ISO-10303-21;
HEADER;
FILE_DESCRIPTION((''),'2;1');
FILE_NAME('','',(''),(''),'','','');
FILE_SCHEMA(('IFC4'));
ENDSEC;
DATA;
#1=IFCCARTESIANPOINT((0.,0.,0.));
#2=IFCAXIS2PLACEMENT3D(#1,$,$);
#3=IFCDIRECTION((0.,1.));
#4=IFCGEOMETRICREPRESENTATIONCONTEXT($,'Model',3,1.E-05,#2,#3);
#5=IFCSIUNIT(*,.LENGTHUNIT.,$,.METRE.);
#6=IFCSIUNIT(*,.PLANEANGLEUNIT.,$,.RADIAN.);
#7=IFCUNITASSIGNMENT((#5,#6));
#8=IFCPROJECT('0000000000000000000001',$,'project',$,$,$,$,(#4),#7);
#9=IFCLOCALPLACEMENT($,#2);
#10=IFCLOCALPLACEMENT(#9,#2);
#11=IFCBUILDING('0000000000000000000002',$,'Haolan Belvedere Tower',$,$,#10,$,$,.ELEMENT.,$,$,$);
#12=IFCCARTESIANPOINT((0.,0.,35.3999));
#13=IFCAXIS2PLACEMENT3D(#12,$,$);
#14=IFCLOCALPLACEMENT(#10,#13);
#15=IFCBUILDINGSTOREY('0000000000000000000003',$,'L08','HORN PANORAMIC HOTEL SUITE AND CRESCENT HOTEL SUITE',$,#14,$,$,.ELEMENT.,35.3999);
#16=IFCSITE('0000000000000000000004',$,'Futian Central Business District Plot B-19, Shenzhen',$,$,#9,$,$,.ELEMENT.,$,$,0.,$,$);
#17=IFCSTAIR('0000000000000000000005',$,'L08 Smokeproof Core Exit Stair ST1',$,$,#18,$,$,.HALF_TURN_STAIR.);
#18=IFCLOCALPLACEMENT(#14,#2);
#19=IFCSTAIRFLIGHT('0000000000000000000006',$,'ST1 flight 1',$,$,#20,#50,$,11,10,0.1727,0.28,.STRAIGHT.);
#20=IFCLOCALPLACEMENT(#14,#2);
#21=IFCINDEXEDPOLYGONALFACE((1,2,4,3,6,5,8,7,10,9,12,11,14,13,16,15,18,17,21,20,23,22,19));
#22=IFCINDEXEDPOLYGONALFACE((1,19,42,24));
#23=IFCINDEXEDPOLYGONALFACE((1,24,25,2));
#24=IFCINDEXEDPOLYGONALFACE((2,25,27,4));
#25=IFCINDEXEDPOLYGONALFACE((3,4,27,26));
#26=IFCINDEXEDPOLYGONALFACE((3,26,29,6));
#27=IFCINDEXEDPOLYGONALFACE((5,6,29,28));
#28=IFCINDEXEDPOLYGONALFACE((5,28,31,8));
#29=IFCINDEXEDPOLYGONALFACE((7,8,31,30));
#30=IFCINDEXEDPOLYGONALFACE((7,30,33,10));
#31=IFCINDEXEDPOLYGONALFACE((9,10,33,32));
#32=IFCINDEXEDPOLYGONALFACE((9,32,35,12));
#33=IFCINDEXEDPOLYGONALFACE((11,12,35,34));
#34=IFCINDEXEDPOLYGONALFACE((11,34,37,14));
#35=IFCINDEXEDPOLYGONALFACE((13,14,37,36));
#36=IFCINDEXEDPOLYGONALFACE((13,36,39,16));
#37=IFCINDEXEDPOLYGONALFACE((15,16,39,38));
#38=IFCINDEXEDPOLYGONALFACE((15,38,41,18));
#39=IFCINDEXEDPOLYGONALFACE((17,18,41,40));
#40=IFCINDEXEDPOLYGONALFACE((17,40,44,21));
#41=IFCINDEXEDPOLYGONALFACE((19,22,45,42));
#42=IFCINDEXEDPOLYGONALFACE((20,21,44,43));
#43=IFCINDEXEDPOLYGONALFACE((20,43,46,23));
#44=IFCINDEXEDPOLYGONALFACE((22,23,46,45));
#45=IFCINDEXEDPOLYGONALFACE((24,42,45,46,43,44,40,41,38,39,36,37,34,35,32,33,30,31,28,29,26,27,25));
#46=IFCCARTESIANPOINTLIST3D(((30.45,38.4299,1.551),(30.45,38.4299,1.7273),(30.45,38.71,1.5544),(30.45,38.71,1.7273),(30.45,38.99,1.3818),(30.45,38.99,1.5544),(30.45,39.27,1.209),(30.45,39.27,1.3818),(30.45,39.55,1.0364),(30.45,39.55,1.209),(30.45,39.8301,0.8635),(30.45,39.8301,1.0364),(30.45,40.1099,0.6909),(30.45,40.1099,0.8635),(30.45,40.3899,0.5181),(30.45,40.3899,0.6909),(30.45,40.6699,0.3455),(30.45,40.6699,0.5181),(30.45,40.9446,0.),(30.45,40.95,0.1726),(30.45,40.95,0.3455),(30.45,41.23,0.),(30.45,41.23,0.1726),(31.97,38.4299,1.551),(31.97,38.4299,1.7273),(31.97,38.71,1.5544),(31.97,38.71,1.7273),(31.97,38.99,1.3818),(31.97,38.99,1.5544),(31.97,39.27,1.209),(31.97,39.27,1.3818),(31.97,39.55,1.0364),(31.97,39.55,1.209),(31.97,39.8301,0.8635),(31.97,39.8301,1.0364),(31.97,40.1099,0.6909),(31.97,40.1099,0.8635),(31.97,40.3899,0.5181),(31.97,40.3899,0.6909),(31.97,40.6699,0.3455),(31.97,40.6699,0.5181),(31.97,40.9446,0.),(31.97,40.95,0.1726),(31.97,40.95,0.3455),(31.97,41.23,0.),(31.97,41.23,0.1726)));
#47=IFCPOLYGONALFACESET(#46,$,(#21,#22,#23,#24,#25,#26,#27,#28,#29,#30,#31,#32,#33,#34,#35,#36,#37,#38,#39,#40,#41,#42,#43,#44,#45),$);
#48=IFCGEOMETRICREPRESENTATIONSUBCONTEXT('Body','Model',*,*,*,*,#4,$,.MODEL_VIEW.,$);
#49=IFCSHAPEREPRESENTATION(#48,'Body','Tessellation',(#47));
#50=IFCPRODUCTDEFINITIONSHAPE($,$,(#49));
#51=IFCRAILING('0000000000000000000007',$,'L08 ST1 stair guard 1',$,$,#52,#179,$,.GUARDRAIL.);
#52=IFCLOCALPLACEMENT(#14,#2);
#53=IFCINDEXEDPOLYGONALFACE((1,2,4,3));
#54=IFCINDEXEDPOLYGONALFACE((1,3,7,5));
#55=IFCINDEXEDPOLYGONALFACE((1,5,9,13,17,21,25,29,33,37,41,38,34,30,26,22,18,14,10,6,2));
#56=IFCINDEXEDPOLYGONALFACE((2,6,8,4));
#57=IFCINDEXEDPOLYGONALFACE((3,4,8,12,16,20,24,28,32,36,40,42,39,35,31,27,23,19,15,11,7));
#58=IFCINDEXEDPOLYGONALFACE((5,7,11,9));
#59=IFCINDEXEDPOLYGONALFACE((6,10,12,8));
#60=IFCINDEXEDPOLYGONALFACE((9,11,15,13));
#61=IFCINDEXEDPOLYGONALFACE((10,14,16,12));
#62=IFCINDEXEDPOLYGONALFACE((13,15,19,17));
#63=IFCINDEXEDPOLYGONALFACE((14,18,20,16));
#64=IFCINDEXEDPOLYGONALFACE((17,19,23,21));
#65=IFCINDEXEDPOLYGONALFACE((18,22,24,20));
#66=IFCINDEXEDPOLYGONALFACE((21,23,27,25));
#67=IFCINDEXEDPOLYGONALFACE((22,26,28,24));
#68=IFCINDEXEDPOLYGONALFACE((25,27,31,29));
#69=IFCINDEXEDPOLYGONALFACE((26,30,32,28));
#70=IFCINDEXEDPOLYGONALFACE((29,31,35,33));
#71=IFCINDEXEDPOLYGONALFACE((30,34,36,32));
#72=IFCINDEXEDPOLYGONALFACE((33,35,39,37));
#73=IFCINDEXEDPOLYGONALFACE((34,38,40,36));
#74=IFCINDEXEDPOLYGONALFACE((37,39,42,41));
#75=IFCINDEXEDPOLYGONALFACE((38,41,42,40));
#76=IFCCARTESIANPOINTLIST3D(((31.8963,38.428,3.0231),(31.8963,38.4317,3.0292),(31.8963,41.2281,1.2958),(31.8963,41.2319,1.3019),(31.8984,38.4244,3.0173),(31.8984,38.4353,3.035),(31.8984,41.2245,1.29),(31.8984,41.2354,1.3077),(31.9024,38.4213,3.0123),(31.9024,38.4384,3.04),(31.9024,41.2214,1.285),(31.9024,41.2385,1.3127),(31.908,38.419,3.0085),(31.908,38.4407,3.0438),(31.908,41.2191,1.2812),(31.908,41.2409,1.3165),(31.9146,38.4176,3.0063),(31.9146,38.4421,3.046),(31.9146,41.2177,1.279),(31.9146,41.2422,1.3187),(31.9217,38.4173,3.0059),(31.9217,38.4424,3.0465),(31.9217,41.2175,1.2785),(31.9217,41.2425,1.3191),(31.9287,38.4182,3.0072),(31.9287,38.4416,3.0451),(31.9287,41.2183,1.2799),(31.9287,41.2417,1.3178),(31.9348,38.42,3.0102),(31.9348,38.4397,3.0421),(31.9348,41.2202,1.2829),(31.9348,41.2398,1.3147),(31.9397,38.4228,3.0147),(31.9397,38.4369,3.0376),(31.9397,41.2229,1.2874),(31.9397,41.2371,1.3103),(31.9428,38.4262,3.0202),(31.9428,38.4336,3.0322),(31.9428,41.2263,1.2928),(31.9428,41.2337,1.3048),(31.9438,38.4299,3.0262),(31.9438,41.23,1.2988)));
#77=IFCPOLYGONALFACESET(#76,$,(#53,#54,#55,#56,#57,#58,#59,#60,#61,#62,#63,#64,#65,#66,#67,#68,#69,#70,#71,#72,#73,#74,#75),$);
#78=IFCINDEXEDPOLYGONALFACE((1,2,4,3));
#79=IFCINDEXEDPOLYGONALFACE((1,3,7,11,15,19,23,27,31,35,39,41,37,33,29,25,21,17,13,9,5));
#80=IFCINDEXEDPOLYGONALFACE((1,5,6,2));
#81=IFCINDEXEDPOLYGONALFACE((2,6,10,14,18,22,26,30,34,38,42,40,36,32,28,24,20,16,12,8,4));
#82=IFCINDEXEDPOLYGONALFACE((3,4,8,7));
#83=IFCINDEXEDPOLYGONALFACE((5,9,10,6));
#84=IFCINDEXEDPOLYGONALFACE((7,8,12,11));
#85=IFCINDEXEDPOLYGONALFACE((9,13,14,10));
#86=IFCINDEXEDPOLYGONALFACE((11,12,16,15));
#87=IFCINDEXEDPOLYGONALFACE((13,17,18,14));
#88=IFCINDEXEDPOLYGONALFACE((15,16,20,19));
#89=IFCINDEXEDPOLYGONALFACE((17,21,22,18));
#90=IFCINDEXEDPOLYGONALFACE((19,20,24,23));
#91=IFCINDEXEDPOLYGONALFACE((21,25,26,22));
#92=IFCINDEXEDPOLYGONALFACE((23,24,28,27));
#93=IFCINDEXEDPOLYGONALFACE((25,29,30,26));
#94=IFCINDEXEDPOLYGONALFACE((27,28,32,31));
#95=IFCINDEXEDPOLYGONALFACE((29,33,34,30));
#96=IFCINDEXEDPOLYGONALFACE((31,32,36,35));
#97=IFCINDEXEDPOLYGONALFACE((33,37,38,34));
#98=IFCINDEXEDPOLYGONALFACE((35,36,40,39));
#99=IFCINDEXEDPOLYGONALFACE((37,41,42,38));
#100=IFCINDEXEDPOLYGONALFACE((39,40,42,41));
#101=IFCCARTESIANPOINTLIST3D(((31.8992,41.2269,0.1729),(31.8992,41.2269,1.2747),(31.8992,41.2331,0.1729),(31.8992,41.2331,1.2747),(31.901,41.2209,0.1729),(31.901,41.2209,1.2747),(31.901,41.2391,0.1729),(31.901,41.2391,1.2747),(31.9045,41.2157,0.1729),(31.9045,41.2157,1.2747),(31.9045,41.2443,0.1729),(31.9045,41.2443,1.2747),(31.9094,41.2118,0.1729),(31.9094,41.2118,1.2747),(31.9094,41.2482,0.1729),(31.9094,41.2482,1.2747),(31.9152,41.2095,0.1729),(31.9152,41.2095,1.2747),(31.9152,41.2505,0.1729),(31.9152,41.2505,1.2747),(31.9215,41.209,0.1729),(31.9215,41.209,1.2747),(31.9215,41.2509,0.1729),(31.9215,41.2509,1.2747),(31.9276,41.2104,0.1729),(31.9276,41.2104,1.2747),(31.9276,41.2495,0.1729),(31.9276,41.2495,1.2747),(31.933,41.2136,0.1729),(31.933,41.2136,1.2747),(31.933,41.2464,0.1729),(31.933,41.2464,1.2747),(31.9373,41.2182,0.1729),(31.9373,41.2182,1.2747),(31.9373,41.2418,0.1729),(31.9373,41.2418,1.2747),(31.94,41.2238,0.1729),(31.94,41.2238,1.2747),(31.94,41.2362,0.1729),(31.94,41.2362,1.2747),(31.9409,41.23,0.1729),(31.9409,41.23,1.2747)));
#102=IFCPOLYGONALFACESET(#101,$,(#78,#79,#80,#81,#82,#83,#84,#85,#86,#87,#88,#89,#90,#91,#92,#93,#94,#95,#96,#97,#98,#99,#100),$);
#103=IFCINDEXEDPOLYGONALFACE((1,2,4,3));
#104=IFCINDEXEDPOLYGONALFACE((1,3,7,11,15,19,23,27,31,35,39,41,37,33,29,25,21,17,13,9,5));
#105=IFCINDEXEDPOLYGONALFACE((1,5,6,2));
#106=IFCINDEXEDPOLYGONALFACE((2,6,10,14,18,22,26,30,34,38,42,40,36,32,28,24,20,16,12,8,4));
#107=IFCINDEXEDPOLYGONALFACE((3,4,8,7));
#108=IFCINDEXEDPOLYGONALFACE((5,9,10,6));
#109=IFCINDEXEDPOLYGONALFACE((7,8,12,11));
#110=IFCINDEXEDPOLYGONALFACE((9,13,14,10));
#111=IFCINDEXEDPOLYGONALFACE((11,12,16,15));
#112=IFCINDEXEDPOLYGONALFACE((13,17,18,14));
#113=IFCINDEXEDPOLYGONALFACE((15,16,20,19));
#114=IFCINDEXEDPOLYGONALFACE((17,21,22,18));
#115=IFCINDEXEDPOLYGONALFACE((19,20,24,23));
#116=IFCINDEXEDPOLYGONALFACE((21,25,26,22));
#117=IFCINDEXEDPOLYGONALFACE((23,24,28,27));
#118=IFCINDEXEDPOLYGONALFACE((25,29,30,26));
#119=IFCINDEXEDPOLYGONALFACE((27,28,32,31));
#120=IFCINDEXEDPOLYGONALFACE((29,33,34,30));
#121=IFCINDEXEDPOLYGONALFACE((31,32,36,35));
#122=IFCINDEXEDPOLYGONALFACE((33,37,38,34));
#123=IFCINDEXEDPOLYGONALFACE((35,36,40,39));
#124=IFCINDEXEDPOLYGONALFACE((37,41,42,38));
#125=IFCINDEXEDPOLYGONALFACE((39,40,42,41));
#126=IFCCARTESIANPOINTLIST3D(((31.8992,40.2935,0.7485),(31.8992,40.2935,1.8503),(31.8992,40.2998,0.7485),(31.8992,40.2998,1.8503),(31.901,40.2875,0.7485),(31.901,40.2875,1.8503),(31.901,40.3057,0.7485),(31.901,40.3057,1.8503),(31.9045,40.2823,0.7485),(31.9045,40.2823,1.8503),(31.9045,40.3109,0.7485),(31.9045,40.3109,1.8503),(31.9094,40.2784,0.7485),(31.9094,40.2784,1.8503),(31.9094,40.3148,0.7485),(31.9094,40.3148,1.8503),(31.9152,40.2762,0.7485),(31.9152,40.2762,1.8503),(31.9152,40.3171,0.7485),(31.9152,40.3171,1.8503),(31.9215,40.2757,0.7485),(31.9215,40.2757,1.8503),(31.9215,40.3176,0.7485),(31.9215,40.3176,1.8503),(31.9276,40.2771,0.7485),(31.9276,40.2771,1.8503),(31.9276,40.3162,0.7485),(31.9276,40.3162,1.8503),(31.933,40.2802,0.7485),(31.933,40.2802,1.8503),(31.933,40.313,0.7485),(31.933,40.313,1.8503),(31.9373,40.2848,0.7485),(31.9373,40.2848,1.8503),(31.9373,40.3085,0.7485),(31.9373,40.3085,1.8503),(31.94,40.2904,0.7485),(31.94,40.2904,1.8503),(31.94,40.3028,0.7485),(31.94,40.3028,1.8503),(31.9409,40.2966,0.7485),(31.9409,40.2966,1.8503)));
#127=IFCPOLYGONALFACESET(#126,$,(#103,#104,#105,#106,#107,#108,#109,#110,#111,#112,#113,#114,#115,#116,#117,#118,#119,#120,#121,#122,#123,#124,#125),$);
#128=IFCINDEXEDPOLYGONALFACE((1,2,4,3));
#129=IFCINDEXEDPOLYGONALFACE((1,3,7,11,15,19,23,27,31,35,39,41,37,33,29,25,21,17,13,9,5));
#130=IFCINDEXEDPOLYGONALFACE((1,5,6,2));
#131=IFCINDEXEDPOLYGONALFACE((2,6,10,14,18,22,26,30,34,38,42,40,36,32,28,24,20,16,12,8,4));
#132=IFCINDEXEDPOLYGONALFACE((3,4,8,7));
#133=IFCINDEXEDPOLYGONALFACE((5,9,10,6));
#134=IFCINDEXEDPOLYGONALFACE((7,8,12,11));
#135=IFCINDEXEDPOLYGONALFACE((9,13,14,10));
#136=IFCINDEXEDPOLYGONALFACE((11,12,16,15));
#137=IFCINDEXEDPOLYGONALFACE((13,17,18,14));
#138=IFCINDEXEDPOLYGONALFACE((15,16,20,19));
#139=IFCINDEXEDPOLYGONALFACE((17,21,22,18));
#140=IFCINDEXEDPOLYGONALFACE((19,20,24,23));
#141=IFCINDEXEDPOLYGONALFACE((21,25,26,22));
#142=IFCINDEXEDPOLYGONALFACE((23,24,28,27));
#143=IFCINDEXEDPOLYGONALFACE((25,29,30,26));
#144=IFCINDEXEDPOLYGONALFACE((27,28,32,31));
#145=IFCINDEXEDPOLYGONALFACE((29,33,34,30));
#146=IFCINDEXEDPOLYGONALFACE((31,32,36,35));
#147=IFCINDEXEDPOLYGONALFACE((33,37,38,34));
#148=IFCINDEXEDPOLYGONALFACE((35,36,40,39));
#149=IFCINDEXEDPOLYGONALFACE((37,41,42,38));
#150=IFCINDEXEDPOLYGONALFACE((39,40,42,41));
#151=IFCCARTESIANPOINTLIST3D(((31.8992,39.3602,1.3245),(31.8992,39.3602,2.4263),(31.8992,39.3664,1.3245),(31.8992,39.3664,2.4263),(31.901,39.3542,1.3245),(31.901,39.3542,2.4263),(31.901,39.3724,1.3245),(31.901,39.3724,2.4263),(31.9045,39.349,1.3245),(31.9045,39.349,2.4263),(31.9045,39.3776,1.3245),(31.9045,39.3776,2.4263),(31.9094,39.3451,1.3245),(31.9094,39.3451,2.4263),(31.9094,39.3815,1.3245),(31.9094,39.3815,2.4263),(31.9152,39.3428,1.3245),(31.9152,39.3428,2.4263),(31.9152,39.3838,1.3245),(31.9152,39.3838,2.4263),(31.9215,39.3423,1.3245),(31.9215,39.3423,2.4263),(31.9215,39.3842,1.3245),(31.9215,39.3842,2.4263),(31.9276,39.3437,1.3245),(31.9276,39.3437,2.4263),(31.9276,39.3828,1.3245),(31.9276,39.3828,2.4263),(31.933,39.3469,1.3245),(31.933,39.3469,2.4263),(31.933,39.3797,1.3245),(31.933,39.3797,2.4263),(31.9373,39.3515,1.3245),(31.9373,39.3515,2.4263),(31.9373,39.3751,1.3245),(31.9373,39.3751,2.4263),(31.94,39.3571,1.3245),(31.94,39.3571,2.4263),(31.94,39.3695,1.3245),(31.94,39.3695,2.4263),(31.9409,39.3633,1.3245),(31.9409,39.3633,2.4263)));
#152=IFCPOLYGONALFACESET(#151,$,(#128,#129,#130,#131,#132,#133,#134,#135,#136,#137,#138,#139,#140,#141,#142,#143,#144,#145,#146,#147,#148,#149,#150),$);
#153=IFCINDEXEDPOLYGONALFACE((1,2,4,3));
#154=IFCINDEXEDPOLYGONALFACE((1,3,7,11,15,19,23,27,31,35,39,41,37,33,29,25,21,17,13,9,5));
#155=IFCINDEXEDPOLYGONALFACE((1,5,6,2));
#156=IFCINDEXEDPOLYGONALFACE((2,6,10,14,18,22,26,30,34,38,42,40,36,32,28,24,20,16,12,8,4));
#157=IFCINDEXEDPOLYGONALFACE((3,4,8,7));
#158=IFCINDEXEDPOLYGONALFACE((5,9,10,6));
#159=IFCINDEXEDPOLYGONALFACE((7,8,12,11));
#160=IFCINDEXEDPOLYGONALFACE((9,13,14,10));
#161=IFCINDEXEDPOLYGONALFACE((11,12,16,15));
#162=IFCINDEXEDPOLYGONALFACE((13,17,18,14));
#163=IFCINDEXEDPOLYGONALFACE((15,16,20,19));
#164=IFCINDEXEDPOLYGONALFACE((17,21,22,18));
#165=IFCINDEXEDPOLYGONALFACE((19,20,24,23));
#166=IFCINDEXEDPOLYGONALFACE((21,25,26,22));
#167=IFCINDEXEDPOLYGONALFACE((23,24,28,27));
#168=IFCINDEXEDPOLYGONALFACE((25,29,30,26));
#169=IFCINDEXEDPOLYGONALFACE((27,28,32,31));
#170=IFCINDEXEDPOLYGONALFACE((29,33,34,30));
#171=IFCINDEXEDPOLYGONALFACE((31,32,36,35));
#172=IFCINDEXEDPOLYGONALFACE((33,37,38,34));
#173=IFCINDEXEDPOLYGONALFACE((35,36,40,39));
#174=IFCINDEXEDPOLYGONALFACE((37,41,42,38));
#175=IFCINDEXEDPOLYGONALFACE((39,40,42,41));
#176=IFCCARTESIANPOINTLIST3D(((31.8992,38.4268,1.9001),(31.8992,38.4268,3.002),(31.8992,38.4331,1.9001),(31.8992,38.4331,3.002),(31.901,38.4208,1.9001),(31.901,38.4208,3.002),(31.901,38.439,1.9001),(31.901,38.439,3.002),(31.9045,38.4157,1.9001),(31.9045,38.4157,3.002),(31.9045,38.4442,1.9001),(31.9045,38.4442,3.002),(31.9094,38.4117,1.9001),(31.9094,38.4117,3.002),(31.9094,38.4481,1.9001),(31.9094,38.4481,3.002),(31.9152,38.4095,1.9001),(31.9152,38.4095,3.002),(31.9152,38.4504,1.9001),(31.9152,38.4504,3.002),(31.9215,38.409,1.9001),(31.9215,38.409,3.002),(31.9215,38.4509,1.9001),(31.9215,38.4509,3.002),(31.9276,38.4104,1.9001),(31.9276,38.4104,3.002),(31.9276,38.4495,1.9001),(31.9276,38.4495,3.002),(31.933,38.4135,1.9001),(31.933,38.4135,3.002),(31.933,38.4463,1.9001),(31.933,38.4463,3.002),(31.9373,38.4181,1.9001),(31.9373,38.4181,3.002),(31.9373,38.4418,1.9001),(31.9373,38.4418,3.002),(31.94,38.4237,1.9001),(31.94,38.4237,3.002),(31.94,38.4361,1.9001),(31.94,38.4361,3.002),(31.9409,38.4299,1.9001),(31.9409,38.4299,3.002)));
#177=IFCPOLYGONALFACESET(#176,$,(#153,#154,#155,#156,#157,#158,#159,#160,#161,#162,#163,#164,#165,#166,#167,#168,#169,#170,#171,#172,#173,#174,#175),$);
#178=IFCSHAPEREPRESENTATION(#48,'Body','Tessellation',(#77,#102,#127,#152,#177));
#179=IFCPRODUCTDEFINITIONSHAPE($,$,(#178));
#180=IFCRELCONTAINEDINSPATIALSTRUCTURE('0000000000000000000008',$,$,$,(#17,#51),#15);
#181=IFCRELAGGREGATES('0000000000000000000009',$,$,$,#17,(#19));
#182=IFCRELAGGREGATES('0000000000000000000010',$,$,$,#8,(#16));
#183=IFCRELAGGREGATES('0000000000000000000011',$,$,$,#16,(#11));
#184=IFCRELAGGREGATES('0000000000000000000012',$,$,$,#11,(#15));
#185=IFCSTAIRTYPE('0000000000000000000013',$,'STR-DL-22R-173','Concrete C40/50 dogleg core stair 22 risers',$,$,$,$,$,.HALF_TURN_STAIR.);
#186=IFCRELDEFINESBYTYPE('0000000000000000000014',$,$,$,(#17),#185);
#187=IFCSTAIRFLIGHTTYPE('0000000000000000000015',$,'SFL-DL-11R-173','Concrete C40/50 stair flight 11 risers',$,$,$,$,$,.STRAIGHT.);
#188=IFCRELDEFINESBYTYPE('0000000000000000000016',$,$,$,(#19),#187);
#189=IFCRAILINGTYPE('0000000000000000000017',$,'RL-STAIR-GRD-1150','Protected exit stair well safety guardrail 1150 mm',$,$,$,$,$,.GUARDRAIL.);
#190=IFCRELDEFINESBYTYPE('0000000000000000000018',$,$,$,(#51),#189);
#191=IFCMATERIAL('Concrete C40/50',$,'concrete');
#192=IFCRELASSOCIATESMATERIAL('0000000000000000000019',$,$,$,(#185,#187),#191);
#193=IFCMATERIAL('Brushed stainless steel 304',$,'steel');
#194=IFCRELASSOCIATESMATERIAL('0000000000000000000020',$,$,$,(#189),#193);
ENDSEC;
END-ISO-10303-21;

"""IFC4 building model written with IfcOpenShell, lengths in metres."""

from ifc_helpers import new_model, si_unit, direction, frame, origin, origin_2d, place, context, subcontext, project, spatial, polyline, circle, outline, extrude, material, type_object, element, aggregate, save


model = new_model("IFC4")

# Units and contexts
model_context = context("Model", 3, precision=1e-05, world=origin(), true_north=direction((0.0, 1.0)))
body_context = subcontext(model_context, "Body", "Model", "MODEL_VIEW")
ifc_project = project(units=[si_unit("LENGTHUNIT", "METRE"), si_unit("PLANEANGLEUNIT", "RADIAN")], contexts=[model_context])

# Site, building, storey
site_placement = place(None, origin())
site = spatial("IfcSite", under=ifc_project, at=site_placement, Name="Futian Central Business District Plot B-19, Shenzhen", CompositionType="ELEMENT", RefElevation=0.0)
building_placement = place(site_placement, origin())
building = spatial("IfcBuilding", under=site, at=building_placement, Name="Haolan Belvedere Tower", CompositionType="ELEMENT")
storey_placement = place(building_placement, frame((0.0, 0.0, 35.3999)))
storey = spatial("IfcBuildingStorey", under=building, at=storey_placement, Name="L08", Description="HORN PANORAMIC HOTEL SUITE AND CRESCENT HOTEL SUITE", CompositionType="ELEMENT", Elevation=35.3999)

# Shared definitions
ifc_material_1 = material(Name="Concrete C40/50", Category="concrete")

# Stair, stair flight
stair_type = type_object("IfcStairType", Name="STR-DL-22R-173", Description="Concrete C40/50 dogleg core stair 22 risers", PredefinedType="HALF_TURN_STAIR", material=ifc_material_1)
stair_placement = place(storey_placement, origin())
stair = element("IfcStair", 1, at=stair_placement, inside=storey, type_object=stair_type, Name="L08 Smokeproof Core Exit Stair ST1", PredefinedType="HALF_TURN_STAIR")
stair_flight_type = type_object("IfcStairFlightType", Name="SFL-DL-11R-173", Description="Concrete C40/50 stair flight 11 risers", PredefinedType="STRAIGHT", material=ifc_material_1)
stair_flight_placement = place(storey_placement, frame((31.21, 41.23, 0.0), z_axis=(0.0, 0.0, 1.0), x_axis=(0.0, -1.0, 0.0)))
stair_flight = element("IfcStairFlight", 2, at=stair_flight_placement, type_object=stair_flight_type, Name="ST1 flight 1", NumberOfRisers=11, NumberOfTreads=10, PredefinedType="STRAIGHT", RiserHeight=0.1727, TreadLength=0.28, context=body_context, shape_type="SweptSolid", body=[
    extrude(outline(polyline([(0.0, 0.0), (0.0, 0.1726), (0.28, 0.1726), (0.28, 0.3455), (0.5601, 0.3455), (0.5601, 0.5181), (0.8401, 0.5181), (0.8401, 0.6909), (1.1201, 0.6909), (1.1201, 0.8635), (1.3999, 0.8635), (1.3999, 1.0364), (1.6799, 1.0364), (1.6799, 1.209), (1.96, 1.209), (1.96, 1.3818), (2.24, 1.3818), (2.24, 1.5544), (2.52, 1.5544), (2.52, 1.7273), (2.8, 1.7273), (2.8, 1.8999), (2.8, 1.551), (0.2854, 0.0), (0.0, 0.0)])), frame((0.0, 0.76, 0.0), z_axis=(0.0, -1.0, 0.0), x_axis=(1.0, 0.0, 0.0)), (0.0, 0.0, 1.0), 1.52),
])
aggregate(stair, [stair_flight])

# Railing
ifc_material_2 = material(Name="Brushed stainless steel 304", Category="steel")
railing_type_1 = type_object("IfcRailingType", Name="RL-STAIR-GRD-1150", Description="Protected exit stair well safety guardrail 1150 mm", PredefinedType="GUARDRAIL", material=ifc_material_2)
railing_1_placement = place(storey_placement, frame((31.9199, 41.23, 0.1729)))
element("IfcRailing", 3, at=railing_1_placement, inside=storey, type_object=railing_type_1, Name="L08 ST1 stair guard 1", PredefinedType="GUARDRAIL", context=body_context, shape_type="SweptSolid", body=[
    extrude(circle(Radius=0.0239, at=origin_2d()), frame((0.0, 0.0, 1.126), z_axis=(0.0, -0.85109, 0.52502), x_axis=(1.0, 0.0, 0.0)), (0.0, 0.0, 1.0), 3.29),
    extrude(circle(Radius=0.021, at=origin_2d()), origin(), (0.0, 0.0, 1.0), 1.1018),
    extrude(circle(Radius=0.021, at=origin_2d()), frame((0.0, -0.9333, 0.5757)), (0.0, 0.0, 1.0), 1.1018),
    extrude(circle(Radius=0.021, at=origin_2d()), frame((0.0, -1.8667, 1.1516)), (0.0, 0.0, 1.0), 1.1018),
    extrude(circle(Radius=0.021, at=origin_2d()), frame((0.0, -2.8, 1.7273)), (0.0, 0.0, 1.0), 1.1018),
])

save(model, "model.ifc")
